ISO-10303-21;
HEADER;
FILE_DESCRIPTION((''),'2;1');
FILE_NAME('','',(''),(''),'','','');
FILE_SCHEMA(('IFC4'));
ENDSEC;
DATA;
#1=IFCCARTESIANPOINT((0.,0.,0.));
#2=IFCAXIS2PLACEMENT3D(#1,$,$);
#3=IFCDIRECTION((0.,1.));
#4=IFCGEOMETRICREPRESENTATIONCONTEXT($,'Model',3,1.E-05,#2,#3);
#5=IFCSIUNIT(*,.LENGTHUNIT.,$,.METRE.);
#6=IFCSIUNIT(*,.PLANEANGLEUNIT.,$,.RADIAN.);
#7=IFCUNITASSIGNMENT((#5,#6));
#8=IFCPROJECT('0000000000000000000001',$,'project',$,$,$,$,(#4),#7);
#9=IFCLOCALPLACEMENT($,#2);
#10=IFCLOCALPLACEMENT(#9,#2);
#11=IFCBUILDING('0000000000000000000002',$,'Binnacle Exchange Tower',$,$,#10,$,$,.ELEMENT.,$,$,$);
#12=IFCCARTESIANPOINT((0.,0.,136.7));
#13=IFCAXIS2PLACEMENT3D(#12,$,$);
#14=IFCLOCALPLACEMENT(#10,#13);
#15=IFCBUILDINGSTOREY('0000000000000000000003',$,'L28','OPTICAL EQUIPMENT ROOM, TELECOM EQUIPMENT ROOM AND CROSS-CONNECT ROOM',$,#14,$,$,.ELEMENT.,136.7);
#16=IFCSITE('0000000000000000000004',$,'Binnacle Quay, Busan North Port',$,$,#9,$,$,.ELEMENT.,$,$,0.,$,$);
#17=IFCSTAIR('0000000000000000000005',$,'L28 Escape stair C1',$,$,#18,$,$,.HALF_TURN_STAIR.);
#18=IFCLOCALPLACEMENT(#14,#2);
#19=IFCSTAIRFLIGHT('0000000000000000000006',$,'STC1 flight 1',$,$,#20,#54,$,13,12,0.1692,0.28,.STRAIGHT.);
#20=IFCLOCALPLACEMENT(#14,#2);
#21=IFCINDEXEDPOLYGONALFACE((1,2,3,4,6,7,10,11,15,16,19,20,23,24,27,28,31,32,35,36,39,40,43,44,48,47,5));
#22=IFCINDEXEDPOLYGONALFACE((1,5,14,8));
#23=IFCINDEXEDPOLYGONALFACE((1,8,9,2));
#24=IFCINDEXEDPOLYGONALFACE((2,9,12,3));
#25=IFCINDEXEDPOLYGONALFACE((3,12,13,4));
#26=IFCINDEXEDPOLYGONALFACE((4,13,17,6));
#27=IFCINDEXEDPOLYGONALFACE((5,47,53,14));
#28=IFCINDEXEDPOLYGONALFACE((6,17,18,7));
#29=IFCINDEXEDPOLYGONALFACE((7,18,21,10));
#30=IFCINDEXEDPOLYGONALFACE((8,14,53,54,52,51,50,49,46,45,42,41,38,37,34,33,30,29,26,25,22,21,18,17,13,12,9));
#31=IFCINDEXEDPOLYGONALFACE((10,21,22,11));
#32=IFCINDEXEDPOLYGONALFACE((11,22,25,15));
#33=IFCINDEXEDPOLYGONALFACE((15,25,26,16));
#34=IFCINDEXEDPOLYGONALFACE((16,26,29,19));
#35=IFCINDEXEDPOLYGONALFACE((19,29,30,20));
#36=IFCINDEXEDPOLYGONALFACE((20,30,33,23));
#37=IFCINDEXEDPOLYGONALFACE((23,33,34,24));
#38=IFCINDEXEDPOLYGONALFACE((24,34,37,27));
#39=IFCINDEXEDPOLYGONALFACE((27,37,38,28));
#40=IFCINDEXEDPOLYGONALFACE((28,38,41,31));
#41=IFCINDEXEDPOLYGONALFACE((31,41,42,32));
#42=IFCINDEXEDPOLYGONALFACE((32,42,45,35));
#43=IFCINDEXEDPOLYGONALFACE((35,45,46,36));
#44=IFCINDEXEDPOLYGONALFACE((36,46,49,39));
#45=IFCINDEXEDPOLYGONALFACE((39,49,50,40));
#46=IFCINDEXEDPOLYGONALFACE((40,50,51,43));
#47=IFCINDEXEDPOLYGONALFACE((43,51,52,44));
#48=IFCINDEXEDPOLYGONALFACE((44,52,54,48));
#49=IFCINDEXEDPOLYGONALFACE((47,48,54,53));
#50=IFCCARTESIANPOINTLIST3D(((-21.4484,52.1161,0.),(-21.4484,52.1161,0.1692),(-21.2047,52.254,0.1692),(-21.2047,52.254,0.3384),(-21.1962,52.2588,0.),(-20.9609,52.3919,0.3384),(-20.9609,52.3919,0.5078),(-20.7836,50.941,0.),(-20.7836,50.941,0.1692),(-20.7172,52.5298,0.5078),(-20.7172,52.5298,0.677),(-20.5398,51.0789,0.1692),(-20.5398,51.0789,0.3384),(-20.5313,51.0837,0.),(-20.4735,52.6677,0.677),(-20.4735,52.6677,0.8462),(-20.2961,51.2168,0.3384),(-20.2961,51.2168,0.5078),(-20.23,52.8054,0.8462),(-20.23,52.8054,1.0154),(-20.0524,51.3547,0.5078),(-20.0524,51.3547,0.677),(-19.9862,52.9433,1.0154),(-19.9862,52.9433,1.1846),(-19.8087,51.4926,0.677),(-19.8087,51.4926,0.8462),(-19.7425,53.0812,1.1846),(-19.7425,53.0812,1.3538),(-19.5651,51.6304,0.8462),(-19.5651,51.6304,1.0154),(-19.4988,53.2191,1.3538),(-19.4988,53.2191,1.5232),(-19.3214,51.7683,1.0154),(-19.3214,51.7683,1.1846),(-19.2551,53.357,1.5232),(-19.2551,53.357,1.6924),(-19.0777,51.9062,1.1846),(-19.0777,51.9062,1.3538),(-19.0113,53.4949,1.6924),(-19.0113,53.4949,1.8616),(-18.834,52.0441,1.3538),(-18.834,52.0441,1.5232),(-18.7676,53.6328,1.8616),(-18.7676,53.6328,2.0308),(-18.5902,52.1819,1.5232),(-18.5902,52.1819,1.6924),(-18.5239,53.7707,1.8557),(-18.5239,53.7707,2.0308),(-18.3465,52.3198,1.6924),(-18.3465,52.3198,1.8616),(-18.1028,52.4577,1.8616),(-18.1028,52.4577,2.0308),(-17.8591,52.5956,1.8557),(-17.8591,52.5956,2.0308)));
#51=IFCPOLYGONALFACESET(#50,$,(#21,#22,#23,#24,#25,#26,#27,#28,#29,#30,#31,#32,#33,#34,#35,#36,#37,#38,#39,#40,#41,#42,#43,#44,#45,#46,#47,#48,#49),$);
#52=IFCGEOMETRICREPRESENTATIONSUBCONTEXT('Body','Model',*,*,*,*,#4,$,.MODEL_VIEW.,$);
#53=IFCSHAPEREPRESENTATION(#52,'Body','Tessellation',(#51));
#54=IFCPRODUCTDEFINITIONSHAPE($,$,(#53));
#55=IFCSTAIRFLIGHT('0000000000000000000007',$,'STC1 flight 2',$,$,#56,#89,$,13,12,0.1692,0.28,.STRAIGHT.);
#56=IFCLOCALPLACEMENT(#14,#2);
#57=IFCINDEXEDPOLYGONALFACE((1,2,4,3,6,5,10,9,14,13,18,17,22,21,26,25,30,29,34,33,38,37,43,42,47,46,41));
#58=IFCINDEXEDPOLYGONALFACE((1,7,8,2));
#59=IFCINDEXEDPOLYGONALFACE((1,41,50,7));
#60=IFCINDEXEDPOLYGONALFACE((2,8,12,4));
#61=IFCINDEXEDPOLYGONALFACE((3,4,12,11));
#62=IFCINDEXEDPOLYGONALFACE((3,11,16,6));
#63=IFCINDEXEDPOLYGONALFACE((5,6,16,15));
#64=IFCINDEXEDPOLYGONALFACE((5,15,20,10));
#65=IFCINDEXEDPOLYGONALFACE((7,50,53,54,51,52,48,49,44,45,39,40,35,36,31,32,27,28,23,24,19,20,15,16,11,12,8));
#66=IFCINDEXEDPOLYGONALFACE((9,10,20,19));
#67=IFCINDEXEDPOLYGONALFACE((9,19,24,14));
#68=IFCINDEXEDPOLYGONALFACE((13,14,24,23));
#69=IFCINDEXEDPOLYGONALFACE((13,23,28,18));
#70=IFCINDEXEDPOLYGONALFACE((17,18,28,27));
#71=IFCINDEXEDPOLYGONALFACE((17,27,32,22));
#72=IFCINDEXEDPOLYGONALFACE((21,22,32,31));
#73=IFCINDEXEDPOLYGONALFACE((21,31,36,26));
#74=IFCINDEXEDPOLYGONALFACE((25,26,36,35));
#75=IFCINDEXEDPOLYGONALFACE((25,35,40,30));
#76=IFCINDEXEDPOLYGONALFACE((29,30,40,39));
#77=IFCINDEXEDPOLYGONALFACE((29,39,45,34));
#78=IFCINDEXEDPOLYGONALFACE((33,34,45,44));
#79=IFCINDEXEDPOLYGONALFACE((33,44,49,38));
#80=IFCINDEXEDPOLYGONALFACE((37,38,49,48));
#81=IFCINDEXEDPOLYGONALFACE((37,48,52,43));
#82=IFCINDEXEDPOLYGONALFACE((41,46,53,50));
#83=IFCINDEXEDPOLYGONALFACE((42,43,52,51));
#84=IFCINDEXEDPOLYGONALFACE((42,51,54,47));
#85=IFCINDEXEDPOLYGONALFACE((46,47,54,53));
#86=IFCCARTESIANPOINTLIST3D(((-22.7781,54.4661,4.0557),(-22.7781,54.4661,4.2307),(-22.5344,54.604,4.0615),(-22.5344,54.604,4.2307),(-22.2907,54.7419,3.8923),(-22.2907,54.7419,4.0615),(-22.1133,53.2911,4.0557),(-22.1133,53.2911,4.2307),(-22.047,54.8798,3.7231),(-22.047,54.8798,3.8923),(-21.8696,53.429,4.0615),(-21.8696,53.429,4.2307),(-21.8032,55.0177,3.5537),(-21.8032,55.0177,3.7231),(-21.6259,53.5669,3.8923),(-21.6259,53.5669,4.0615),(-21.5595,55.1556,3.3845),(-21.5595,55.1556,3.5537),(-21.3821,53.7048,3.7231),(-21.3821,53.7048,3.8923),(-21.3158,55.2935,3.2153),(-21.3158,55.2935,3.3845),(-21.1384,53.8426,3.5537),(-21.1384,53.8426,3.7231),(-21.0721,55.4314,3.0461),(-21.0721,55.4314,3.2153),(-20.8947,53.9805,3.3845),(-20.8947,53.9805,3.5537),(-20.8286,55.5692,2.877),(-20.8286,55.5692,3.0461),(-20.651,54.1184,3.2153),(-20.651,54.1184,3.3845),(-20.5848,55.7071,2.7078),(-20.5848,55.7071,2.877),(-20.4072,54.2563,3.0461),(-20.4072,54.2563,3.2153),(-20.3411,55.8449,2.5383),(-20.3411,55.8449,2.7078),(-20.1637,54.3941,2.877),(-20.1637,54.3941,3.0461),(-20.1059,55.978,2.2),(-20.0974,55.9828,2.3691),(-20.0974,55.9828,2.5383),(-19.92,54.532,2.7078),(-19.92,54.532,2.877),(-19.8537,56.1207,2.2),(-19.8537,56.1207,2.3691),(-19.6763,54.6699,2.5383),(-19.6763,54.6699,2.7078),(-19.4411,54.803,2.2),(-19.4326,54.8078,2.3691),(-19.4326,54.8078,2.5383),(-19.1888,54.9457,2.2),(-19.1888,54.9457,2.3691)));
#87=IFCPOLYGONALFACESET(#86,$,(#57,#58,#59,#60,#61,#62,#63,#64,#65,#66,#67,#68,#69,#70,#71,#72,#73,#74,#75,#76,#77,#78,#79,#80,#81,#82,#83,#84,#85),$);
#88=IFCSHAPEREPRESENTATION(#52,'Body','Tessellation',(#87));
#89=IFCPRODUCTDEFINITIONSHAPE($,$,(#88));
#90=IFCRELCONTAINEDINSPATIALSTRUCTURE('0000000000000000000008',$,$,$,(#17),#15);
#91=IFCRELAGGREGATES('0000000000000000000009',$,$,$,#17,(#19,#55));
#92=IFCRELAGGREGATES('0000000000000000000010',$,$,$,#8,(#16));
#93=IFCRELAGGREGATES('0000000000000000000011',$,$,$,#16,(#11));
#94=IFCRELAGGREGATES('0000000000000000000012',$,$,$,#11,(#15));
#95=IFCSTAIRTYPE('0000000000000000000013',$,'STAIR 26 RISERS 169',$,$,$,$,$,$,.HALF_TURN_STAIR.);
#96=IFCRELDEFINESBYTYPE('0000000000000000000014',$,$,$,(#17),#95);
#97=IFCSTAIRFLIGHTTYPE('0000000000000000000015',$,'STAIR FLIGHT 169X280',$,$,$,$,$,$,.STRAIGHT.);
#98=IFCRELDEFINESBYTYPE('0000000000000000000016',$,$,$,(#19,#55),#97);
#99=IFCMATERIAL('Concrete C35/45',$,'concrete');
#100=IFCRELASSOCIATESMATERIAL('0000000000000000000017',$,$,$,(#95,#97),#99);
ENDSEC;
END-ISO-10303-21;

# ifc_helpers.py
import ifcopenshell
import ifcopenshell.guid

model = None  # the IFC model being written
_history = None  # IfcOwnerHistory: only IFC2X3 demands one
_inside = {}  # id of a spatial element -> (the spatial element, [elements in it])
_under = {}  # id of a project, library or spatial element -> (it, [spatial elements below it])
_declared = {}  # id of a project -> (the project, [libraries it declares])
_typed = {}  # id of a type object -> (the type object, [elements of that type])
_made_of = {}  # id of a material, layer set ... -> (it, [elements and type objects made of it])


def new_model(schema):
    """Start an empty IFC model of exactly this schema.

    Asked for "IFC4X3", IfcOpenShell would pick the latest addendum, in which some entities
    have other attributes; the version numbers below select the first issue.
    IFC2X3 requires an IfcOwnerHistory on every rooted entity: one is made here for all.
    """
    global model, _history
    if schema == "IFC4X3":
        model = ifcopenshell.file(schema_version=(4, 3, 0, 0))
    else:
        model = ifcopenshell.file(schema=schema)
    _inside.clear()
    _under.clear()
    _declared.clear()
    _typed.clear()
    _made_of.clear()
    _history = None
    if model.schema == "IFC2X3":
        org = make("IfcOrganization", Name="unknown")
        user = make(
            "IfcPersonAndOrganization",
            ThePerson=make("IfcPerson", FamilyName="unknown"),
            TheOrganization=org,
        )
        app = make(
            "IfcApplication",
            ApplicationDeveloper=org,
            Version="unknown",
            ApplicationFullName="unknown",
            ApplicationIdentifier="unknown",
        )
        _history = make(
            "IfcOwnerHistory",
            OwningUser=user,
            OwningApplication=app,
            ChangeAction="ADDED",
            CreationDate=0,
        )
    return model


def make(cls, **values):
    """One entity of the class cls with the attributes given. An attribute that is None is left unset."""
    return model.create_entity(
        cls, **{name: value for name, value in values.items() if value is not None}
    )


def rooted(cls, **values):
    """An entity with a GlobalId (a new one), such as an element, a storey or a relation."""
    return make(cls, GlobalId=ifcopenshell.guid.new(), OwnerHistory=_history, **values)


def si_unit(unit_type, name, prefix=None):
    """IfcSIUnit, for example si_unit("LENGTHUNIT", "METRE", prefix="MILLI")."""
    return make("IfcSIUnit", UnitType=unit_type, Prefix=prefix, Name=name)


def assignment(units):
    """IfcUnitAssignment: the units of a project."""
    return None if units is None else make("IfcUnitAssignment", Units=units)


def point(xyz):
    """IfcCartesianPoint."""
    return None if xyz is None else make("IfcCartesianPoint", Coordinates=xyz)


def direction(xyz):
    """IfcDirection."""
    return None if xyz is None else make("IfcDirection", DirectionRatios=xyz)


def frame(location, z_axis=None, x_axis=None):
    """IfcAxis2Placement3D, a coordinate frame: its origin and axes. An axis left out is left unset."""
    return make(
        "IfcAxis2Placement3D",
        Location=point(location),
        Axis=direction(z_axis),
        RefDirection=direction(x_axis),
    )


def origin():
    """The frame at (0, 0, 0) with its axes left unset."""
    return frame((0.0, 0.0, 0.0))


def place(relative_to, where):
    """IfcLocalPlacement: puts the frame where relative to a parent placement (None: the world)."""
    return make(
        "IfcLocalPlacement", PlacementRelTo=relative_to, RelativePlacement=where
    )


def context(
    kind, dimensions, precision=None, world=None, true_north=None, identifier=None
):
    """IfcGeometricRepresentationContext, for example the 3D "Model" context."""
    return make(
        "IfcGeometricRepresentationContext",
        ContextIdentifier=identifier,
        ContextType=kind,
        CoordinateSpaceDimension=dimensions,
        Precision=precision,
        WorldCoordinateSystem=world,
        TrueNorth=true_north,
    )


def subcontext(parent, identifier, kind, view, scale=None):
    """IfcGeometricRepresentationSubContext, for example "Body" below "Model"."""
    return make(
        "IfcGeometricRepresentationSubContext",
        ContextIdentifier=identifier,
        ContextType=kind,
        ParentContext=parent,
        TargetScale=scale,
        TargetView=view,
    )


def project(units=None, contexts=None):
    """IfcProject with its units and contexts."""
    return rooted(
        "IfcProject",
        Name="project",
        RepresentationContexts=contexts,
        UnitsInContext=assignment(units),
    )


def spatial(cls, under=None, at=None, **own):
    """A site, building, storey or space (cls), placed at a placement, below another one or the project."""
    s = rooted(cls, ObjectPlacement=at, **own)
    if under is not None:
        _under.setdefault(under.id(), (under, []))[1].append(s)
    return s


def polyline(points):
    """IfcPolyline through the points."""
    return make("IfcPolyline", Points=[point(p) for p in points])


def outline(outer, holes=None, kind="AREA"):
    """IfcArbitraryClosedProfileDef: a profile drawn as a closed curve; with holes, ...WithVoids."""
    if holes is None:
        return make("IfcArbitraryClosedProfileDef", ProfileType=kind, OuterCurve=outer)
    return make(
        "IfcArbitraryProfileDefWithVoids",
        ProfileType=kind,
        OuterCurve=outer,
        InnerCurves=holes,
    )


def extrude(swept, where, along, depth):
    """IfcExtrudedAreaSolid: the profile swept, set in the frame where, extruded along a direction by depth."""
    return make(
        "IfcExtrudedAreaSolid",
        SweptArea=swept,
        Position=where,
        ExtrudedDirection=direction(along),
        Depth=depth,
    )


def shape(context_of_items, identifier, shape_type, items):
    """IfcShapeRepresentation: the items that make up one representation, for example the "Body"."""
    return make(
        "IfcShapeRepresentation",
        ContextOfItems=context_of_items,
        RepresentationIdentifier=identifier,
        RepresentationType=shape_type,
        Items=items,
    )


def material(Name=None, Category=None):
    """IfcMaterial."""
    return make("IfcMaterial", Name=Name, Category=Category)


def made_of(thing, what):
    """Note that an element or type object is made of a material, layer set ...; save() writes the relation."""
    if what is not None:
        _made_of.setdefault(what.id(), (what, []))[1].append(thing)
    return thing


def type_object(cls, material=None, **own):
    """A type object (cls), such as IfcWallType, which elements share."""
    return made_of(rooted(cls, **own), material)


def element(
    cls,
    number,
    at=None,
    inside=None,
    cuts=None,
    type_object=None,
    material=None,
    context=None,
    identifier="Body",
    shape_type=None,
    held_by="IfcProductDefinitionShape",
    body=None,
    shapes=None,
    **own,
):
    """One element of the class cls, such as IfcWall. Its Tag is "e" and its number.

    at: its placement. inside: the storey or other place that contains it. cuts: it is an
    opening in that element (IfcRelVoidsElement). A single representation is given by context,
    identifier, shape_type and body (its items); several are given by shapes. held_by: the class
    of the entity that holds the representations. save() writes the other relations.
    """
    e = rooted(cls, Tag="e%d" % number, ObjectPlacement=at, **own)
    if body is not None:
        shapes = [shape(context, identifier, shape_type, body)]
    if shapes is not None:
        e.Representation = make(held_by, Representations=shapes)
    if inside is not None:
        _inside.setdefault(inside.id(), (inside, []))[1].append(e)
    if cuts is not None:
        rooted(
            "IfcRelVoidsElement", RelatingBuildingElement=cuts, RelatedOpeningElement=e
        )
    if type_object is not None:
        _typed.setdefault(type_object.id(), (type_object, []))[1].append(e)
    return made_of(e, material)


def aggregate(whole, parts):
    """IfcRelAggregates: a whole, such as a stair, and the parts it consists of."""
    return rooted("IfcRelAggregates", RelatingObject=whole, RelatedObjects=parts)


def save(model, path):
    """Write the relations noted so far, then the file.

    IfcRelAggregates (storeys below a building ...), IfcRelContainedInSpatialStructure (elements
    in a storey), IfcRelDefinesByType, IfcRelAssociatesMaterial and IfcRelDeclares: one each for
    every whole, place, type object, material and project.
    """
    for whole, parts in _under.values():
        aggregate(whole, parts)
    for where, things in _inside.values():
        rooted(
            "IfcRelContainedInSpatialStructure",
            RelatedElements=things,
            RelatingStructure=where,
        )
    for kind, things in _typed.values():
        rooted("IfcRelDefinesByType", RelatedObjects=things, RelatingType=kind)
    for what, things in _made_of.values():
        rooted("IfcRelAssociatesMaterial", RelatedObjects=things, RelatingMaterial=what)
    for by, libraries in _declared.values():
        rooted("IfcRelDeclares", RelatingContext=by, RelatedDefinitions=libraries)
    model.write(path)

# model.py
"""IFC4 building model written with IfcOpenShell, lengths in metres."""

from ifc_helpers import new_model, si_unit, direction, frame, origin, place, context, subcontext, project, spatial, polyline, outline, extrude, material, type_object, element, aggregate, save


model = new_model("IFC4")

# Units and contexts
model_context = context("Model", 3, precision=1e-05, world=origin(), true_north=direction((0.0, 1.0)))
body_context = subcontext(model_context, "Body", "Model", "MODEL_VIEW")
ifc_project = project(units=[si_unit("LENGTHUNIT", "METRE"), si_unit("PLANEANGLEUNIT", "RADIAN")], contexts=[model_context])

# Site, building, storey
site_placement = place(None, origin())
site = spatial("IfcSite", under=ifc_project, at=site_placement, Name="Binnacle Quay, Busan North Port", CompositionType="ELEMENT", RefElevation=0.0)
building_placement = place(site_placement, origin())
building = spatial("IfcBuilding", under=site, at=building_placement, Name="Binnacle Exchange Tower", CompositionType="ELEMENT")
storey_placement = place(building_placement, frame((0.0, 0.0, 136.7)))
storey = spatial("IfcBuildingStorey", under=building, at=storey_placement, Name="L28", Description="OPTICAL EQUIPMENT ROOM, TELECOM EQUIPMENT ROOM AND CROSS-CONNECT ROOM", CompositionType="ELEMENT", Elevation=136.7)

# Stair, stair flights
ifc_material_1 = material(Name="Concrete C35/45", Category="concrete")
stair_type = type_object("IfcStairType", Name="STAIR 26 RISERS 169", PredefinedType="HALF_TURN_STAIR", material=ifc_material_1)
stair_placement = place(storey_placement, origin())
stair = element("IfcStair", 1, at=stair_placement, inside=storey, type_object=stair_type, Name="L28 Escape stair C1", PredefinedType="HALF_TURN_STAIR")
stair_flight_type = type_object("IfcStairFlightType", Name="STAIR FLIGHT 169X280", PredefinedType="STRAIGHT", material=ifc_material_1)
stair_flight_1_placement = place(storey_placement, frame((-21.116, 51.5286, 0.0), z_axis=(0.0, 0.0, 1.0), x_axis=(0.870356, 0.492424, 0.0)))
stair_flight_1 = element("IfcStairFlight", 2, at=stair_flight_1_placement, type_object=stair_flight_type, Name="STC1 flight 1", NumberOfRisers=13, NumberOfTreads=12, PredefinedType="STRAIGHT", RiserHeight=0.1692, TreadLength=0.28, context=body_context, shape_type="SweptSolid", body=[
    extrude(outline(polyline([(0.0, 0.0), (0.0, 0.1692), (0.28, 0.1692), (0.28, 0.3384), (0.5601, 0.3384), (0.5601, 0.5078), (0.8401, 0.5078), (0.8401, 0.677), (1.1201, 0.677), (1.1201, 0.8462), (1.3999, 0.8462), (1.3999, 1.0154), (1.6799, 1.0154), (1.6799, 1.1846), (1.96, 1.1846), (1.96, 1.3538), (2.24, 1.3538), (2.24, 1.5232), (2.52, 1.5232), (2.52, 1.6924), (2.8, 1.6924), (2.8, 1.8616), (3.0801, 1.8616), (3.0801, 2.0308), (3.3601, 2.0308), (3.3601, 2.2), (3.3601, 1.8557), (0.2898, 0.0), (0.0, 0.0)])), frame((0.0, 0.675, 0.0), z_axis=(0.0, -1.0, 0.0), x_axis=(1.0, 0.0, 0.0)), (0.0, 0.0, 1.0), 1.3501),
])
stair_flight_2_placement = place(storey_placement, frame((-19.5212, 55.5332, 2.2), z_axis=(0.0, 0.0, 1.0), x_axis=(-0.870356, -0.492424, 0.0)))
stair_flight_2 = element("IfcStairFlight", 3, at=stair_flight_2_placement, type_object=stair_flight_type, Name="STC1 flight 2", NumberOfRisers=13, NumberOfTreads=12, PredefinedType="STRAIGHT", RiserHeight=0.1692, TreadLength=0.28, context=body_context, shape_type="SweptSolid", body=[
    extrude(outline(polyline([(0.0, 0.0), (0.0, 0.1692), (0.28, 0.1692), (0.28, 0.3384), (0.5601, 0.3384), (0.5601, 0.5078), (0.8401, 0.5078), (0.8401, 0.677), (1.1201, 0.677), (1.1201, 0.8462), (1.3999, 0.8462), (1.3999, 1.0154), (1.6799, 1.0154), (1.6799, 1.1846), (1.96, 1.1846), (1.96, 1.3538), (2.24, 1.3538), (2.24, 1.5232), (2.52, 1.5232), (2.52, 1.6924), (2.8, 1.6924), (2.8, 1.8616), (3.0801, 1.8616), (3.0801, 2.0308), (3.3601, 2.0308), (3.3601, 2.2), (3.3601, 1.8557), (0.2898, 0.0), (0.0, 0.0)])), frame((0.0, 0.675, 0.0), z_axis=(0.0, -1.0, 0.0), x_axis=(1.0, 0.0, 0.0)), (0.0, 0.0, 1.0), 1.3501),
])
aggregate(stair, [stair_flight_1, stair_flight_2])

save(model, "model.ifc")
